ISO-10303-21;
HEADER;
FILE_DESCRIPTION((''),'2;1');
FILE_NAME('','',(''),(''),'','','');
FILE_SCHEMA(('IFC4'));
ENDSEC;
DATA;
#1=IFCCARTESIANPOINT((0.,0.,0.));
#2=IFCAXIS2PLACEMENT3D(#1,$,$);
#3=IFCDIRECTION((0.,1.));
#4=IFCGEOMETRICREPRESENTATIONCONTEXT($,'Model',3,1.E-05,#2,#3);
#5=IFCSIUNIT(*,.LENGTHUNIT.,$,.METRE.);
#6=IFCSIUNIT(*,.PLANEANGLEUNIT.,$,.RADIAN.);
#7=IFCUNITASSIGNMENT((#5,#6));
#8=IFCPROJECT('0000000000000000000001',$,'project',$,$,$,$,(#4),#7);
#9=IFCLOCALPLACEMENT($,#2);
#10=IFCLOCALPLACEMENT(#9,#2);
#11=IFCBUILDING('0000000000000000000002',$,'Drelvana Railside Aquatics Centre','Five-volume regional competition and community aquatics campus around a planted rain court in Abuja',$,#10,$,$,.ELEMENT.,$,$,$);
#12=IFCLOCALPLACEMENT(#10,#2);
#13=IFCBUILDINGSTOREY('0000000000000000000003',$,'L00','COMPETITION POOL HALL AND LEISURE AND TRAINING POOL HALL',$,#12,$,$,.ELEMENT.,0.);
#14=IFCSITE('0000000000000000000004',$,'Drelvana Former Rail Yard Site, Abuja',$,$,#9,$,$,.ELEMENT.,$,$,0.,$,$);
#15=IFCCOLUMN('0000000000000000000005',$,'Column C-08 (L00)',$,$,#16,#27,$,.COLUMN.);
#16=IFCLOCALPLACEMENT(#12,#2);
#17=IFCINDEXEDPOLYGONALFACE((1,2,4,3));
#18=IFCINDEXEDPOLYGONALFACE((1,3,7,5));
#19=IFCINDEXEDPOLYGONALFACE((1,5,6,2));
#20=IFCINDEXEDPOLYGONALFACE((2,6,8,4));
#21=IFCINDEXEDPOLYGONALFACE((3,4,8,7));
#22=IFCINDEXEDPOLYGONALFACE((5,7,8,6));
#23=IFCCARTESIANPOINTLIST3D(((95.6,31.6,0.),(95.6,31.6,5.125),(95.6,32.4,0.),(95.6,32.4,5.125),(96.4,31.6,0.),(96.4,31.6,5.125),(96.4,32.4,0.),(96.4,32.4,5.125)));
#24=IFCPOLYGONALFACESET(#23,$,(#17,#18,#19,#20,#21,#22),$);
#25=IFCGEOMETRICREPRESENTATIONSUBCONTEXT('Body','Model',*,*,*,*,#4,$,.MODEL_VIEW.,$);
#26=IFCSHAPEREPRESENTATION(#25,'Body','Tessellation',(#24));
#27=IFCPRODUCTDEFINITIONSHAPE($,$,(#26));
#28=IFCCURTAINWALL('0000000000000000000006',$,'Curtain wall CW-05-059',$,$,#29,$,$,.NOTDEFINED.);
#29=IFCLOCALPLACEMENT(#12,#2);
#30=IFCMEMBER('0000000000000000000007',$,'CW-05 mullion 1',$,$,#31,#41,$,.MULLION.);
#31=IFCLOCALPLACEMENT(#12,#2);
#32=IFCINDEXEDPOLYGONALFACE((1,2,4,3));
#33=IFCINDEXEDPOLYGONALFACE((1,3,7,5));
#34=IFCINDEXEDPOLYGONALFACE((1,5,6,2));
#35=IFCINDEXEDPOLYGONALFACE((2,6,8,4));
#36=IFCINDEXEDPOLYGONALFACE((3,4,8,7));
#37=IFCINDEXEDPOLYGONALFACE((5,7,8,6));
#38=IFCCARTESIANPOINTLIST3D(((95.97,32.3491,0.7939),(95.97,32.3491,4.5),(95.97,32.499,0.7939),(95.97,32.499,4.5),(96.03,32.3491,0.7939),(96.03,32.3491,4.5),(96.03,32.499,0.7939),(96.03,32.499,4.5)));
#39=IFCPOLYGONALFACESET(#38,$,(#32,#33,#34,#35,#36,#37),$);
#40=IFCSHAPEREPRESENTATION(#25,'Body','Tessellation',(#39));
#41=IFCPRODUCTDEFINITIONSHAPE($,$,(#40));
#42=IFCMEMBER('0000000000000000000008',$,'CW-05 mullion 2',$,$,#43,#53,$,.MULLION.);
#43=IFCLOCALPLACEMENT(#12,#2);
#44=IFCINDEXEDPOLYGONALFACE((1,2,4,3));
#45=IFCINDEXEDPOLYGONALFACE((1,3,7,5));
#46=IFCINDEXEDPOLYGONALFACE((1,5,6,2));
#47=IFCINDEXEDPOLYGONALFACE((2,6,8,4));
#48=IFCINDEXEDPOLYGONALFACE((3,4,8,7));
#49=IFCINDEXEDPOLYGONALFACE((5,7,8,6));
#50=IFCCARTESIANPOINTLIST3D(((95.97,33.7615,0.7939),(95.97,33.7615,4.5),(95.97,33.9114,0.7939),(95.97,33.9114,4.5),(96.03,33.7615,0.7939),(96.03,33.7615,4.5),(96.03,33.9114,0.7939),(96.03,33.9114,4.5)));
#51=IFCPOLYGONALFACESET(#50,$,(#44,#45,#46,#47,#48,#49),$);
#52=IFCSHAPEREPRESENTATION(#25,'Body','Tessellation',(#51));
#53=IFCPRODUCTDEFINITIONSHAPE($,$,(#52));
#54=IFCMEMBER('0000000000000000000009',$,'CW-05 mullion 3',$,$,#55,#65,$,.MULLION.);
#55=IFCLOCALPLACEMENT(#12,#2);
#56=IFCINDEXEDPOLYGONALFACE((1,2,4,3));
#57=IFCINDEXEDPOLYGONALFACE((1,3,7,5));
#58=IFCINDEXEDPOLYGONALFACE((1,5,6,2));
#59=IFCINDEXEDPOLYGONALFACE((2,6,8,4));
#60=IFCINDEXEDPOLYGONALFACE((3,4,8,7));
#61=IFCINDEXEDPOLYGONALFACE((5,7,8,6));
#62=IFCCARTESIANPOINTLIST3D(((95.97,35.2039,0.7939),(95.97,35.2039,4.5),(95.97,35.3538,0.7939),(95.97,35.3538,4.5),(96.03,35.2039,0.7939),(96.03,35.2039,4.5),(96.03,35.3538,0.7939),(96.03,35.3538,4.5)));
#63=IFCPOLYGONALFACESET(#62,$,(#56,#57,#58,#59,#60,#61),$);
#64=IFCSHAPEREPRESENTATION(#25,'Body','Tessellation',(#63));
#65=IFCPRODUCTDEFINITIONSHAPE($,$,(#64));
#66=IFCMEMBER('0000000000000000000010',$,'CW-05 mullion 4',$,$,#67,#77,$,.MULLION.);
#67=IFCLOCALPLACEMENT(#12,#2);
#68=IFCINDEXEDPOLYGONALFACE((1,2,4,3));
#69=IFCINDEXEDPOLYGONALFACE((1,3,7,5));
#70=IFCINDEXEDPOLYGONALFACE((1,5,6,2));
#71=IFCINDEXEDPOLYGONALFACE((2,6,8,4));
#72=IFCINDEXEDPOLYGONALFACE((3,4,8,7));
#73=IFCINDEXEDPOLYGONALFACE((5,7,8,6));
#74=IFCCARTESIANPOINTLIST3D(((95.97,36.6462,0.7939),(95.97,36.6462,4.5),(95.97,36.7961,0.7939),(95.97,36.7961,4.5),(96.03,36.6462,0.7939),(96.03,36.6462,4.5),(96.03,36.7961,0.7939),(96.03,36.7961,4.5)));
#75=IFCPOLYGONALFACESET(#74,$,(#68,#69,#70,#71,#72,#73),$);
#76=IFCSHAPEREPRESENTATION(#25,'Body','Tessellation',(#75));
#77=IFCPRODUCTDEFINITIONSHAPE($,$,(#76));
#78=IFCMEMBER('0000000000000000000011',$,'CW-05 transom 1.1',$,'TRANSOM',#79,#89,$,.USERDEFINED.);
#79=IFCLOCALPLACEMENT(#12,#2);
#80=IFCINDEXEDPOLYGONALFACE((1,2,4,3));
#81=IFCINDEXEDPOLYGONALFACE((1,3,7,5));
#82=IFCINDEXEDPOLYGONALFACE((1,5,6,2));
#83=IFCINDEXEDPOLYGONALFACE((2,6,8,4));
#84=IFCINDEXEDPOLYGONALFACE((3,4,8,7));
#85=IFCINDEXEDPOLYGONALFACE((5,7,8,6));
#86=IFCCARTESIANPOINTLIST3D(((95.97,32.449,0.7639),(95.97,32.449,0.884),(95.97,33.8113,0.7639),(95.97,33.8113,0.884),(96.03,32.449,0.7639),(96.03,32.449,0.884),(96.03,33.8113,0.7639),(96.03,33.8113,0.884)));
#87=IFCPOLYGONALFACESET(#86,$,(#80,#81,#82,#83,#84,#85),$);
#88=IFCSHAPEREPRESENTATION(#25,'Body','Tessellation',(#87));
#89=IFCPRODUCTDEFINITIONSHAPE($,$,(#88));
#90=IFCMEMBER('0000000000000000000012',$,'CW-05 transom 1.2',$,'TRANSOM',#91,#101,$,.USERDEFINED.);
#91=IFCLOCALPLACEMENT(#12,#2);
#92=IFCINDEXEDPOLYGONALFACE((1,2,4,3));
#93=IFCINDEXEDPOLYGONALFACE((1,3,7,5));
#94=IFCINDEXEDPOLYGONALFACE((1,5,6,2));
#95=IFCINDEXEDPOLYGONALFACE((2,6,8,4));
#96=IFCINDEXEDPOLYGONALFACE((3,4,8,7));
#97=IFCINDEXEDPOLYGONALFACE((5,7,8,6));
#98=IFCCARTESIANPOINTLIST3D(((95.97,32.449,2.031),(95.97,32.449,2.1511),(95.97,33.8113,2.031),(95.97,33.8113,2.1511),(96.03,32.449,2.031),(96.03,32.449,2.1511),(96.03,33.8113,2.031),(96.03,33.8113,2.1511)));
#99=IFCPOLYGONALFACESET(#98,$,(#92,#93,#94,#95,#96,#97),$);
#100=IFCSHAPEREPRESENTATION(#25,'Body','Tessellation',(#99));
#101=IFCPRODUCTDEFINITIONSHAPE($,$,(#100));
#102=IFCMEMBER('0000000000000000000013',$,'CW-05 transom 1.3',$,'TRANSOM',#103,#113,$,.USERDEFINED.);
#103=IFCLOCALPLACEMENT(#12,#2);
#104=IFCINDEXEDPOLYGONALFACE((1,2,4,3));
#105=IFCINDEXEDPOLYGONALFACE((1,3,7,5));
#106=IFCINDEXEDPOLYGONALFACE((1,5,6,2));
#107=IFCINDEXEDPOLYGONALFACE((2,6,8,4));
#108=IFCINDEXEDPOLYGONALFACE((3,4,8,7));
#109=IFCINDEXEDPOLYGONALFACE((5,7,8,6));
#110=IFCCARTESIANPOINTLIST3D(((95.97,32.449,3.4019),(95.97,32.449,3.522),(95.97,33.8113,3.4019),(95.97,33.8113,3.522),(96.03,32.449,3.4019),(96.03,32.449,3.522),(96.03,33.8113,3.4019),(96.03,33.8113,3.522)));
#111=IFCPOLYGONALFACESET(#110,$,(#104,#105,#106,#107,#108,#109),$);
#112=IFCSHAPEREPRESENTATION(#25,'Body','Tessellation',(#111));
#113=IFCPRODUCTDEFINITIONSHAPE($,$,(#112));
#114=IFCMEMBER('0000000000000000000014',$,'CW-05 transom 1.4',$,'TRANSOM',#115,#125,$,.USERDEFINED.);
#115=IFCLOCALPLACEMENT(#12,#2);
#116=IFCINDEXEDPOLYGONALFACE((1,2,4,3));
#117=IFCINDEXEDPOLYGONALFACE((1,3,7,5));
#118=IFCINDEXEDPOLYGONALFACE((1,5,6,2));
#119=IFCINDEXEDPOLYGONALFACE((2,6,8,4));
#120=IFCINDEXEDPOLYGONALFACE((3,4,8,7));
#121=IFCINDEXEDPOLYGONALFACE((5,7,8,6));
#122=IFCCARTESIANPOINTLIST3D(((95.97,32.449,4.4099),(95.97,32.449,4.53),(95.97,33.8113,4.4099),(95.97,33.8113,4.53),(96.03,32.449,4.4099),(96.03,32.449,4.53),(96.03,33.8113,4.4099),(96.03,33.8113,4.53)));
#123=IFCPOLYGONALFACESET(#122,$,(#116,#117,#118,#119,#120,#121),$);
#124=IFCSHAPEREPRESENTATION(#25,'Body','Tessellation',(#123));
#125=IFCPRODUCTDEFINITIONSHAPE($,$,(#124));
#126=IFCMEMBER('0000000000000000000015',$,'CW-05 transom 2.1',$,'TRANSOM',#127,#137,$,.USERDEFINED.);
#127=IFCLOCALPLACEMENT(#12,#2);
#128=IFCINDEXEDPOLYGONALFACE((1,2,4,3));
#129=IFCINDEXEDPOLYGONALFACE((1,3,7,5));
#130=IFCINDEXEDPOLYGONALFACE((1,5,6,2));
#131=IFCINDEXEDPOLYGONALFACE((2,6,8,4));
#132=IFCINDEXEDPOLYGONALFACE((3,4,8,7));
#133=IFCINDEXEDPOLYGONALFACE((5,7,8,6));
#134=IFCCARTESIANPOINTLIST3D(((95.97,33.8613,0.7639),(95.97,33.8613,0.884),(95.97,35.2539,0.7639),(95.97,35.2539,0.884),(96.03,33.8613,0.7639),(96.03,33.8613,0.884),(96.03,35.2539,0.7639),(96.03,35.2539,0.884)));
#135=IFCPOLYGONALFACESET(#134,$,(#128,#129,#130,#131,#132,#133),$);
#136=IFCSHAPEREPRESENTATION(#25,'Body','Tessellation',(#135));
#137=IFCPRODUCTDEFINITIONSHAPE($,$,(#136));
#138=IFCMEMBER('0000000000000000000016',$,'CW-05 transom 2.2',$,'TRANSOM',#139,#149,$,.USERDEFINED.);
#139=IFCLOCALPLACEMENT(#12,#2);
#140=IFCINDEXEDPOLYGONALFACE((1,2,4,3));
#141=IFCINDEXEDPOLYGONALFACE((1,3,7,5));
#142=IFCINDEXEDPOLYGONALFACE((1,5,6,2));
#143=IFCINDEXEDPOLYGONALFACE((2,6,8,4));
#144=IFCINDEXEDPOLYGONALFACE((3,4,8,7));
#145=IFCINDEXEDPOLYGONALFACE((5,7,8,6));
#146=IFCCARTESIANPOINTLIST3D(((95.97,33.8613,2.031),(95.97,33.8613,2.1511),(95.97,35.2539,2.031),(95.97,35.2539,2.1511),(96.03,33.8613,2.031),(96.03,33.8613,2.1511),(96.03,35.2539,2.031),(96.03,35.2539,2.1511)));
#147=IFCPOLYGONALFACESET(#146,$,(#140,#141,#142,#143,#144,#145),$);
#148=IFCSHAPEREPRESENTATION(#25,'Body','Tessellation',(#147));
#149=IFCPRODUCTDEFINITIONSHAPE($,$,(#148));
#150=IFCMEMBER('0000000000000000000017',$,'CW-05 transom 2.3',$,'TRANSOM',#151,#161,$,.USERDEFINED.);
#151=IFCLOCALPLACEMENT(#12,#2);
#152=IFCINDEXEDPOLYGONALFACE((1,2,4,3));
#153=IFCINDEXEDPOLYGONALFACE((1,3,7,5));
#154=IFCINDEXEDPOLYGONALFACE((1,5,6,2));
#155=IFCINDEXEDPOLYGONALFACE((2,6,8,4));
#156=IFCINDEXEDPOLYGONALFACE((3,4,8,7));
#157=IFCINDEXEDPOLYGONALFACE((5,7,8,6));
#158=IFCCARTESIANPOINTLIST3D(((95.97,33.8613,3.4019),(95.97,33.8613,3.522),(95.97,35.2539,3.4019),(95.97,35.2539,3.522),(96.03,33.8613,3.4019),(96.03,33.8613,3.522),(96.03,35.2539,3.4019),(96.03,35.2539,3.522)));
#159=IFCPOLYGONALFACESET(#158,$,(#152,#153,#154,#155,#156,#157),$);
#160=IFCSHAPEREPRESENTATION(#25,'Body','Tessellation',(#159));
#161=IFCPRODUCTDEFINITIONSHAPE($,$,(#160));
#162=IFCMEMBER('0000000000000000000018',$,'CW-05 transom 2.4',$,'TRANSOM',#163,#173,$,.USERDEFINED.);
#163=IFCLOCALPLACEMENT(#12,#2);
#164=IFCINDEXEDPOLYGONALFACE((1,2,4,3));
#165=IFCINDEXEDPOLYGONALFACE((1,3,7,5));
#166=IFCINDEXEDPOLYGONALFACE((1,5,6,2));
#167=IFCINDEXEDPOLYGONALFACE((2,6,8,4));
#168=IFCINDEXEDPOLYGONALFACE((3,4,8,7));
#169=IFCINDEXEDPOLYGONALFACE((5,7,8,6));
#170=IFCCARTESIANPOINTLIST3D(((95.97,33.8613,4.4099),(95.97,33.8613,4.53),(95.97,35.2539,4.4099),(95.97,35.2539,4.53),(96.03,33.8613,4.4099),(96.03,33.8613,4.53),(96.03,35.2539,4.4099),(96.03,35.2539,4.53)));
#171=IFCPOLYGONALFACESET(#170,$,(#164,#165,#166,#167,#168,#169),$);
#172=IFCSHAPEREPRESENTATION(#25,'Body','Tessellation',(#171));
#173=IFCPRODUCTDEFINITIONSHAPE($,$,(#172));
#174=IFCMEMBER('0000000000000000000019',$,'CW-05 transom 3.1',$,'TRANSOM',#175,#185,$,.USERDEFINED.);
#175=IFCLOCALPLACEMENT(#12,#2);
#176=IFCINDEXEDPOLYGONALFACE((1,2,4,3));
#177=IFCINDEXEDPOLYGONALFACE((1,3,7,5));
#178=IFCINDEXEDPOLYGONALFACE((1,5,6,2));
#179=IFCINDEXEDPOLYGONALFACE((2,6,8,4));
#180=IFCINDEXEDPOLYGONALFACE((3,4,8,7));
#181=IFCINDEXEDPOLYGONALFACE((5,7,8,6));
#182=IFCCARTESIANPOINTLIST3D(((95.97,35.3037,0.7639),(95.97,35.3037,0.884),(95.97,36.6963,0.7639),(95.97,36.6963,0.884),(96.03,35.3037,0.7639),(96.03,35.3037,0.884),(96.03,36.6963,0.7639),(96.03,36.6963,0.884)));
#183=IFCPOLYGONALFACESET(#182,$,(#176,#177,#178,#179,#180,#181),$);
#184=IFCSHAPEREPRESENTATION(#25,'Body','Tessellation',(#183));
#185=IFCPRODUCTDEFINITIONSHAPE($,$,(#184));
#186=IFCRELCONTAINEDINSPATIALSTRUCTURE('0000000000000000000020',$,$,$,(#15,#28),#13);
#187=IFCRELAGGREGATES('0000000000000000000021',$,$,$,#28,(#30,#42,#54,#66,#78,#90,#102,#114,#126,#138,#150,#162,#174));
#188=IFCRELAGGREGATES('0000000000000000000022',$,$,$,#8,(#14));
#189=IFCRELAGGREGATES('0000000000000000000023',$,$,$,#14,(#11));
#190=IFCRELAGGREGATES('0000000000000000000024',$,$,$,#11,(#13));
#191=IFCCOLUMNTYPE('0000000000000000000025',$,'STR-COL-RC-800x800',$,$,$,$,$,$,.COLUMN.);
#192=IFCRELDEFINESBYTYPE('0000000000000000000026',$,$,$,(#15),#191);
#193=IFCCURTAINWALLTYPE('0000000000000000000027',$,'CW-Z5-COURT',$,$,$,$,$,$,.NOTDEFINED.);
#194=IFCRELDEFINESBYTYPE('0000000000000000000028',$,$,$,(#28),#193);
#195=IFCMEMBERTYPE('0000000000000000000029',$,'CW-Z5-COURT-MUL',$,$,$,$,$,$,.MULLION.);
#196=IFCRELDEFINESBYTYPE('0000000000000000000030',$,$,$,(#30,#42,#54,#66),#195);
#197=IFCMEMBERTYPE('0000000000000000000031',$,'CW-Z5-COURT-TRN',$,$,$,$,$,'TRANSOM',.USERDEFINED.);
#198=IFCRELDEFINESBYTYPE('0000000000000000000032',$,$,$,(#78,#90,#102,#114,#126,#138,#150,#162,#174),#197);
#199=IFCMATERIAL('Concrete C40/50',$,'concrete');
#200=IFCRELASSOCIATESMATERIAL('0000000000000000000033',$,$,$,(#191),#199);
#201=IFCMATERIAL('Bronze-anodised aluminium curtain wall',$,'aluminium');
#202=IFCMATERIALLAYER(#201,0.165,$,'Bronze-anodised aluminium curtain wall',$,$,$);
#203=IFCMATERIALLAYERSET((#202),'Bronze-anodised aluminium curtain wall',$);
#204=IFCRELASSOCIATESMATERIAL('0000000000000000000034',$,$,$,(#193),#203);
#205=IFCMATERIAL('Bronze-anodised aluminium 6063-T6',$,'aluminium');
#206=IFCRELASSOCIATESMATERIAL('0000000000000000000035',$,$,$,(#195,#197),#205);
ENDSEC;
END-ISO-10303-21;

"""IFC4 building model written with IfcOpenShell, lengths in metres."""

from ifc_helpers import new_model, si_unit, direction, frame, origin, origin_2d, place, context, subcontext, project, spatial, rectangle, extrude, material, layer, layer_set, material_profile, profile_set, type_object, element, aggregate, save


model = new_model("IFC4")

# Units and contexts
model_context = context("Model", 3, precision=1e-05, world=origin(), true_north=direction((0.0, 1.0)))
body_context = subcontext(model_context, "Body", "Model", "MODEL_VIEW")
ifc_project = project(units=[si_unit("LENGTHUNIT", "METRE"), si_unit("PLANEANGLEUNIT", "RADIAN")], contexts=[model_context])

# Site, building, storey
site_placement = place(None, origin())
site = spatial("IfcSite", under=ifc_project, at=site_placement, Name="Drelvana Former Rail Yard Site, Abuja", CompositionType="ELEMENT", RefElevation=0.0)
building_placement = place(site_placement, origin())
building = spatial("IfcBuilding", under=site, at=building_placement, Name="Drelvana Railside Aquatics Centre", Description="Five-volume regional competition and community aquatics campus around a planted rain court in Abuja", CompositionType="ELEMENT")
storey_placement = place(building_placement, origin())
storey = spatial("IfcBuildingStorey", under=building, at=storey_placement, Name="L00", Description="COMPETITION POOL HALL AND LEISURE AND TRAINING POOL HALL", CompositionType="ELEMENT", Elevation=0.0)

# Column
ifc_material_1 = material(Name="Concrete C40/50", Category="concrete")
ifc_material_profile_1 = material_profile(ifc_material_1, rectangle(XDim=0.8, YDim=0.8, at=origin_2d()), Name="RC 800x800")
ifc_profile_set_1 = profile_set([ifc_material_profile_1], Name="Concrete C40/50")
column_type = type_object("IfcColumnType", Name="STR-COL-RC-800x800", PredefinedType="COLUMN", material=ifc_profile_set_1)
column_placement = place(storey_placement, frame((96.0, 32.0, 0.0), z_axis=(0.0, 0.0, 1.0), x_axis=(1.0, 0.0, 0.0)))
element("IfcColumn", 1, at=column_placement, inside=storey, type_object=column_type, Name="Column C-08 (L00)", PredefinedType="COLUMN", context=body_context, shape_type="SweptSolid", body=[
    extrude(rectangle(XDim=0.8, YDim=0.8, at=origin_2d()), origin(), (0.0, 0.0, 1.0), 5.125),
])

# Curtain wall, members
ifc_material_2 = material(Name="Bronze-anodised aluminium curtain wall", Category="aluminium")
ifc_layer_1 = layer(ifc_material_2, 0.165, Name="Bronze-anodised aluminium curtain wall")
ifc_layer_set_1 = layer_set([ifc_layer_1], Name="Bronze-anodised aluminium curtain wall")
curtain_wall_type = type_object("IfcCurtainWallType", Name="CW-Z5-COURT", PredefinedType="NOTDEFINED", material=ifc_layer_set_1)
curtain_wall_placement = place(storey_placement, origin())
curtain_wall = element("IfcCurtainWall", 2, at=curtain_wall_placement, inside=storey, type_object=curtain_wall_type, Name="Curtain wall CW-05-059", PredefinedType="NOTDEFINED")
ifc_material_3 = material(Name="Bronze-anodised aluminium 6063-T6", Category="aluminium")
ifc_material_profile_2 = material_profile(ifc_material_3, rectangle(XDim=0.0601, YDim=0.1499, at=origin_2d()), Name="ALU-M 60x150")
ifc_profile_set_2 = profile_set([ifc_material_profile_2], Name="Bronze-anodised aluminium 6063-T6")
member_type_1 = type_object("IfcMemberType", Name="CW-Z5-COURT-MUL", PredefinedType="MULLION", material=ifc_profile_set_2)
member_1_placement = place(storey_placement, frame((96.0, 32.4241, 0.7939), z_axis=(0.0, 0.0, 1.0), x_axis=(-1.0, 0.0, 0.0)))
member_1 = element("IfcMember", 3, at=member_1_placement, type_object=member_type_1, Name="CW-05 mullion 1", PredefinedType="MULLION", context=body_context, shape_type="SweptSolid", body=[
    extrude(rectangle(XDim=0.0601, YDim=0.1499, at=origin_2d()), origin(), (0.0, 0.0, 1.0), 3.7061),
])
member_2_placement = place(storey_placement, frame((96.0, 33.8364, 0.7939), z_axis=(0.0, 0.0, 1.0), x_axis=(-1.0, 0.0, 0.0)))
member_2 = element("IfcMember", 4, at=member_2_placement, type_object=member_type_1, Name="CW-05 mullion 2", PredefinedType="MULLION", context=body_context, shape_type="SweptSolid", body=[
    extrude(rectangle(XDim=0.0601, YDim=0.1499, at=origin_2d()), origin(), (0.0, 0.0, 1.0), 3.7061),
])
member_3_placement = place(storey_placement, frame((96.0, 35.2788, 0.7939), z_axis=(0.0, 0.0, 1.0), x_axis=(-1.0, 0.0, 0.0)))
member_3 = element("IfcMember", 5, at=member_3_placement, type_object=member_type_1, Name="CW-05 mullion 3", PredefinedType="MULLION", context=body_context, shape_type="SweptSolid", body=[
    extrude(rectangle(XDim=0.0601, YDim=0.1499, at=origin_2d()), origin(), (0.0, 0.0, 1.0), 3.7061),
])
member_4_placement = place(storey_placement, frame((96.0, 36.7212, 0.7939), z_axis=(0.0, 0.0, 1.0), x_axis=(-1.0, 0.0, 0.0)))
member_4 = element("IfcMember", 6, at=member_4_placement, type_object=member_type_1, Name="CW-05 mullion 4", PredefinedType="MULLION", context=body_context, shape_type="SweptSolid", body=[
    extrude(rectangle(XDim=0.0601, YDim=0.1499, at=origin_2d()), origin(), (0.0, 0.0, 1.0), 3.7061),
])
ifc_material_profile_3 = material_profile(ifc_material_3, rectangle(XDim=0.1201, YDim=0.0601, at=origin_2d()), Name="ALU-T 60x120")
ifc_profile_set_3 = profile_set([ifc_material_profile_3], Name="Bronze-anodised aluminium 6063-T6")
member_type_2 = type_object("IfcMemberType", Name="CW-Z5-COURT-TRN", ElementType="TRANSOM", PredefinedType="USERDEFINED", material=ifc_profile_set_3)
member_5_placement = place(storey_placement, frame((96.0, 32.449, 0.824), z_axis=(0.0, 1.0, 0.0), x_axis=(0.0, 0.0, 1.0)))
member_5 = element("IfcMember", 7, at=member_5_placement, type_object=member_type_2, Name="CW-05 transom 1.1", ObjectType="TRANSOM", PredefinedType="USERDEFINED", context=body_context, shape_type="SweptSolid", body=[
    extrude(rectangle(XDim=0.1201, YDim=0.0601, at=origin_2d()), origin(), (0.0, 0.0, 1.0), 1.3623),
])
member_6_placement = place(storey_placement, frame((96.0, 32.449, 2.0911), z_axis=(0.0, 1.0, 0.0), x_axis=(0.0, 0.0, 1.0)))
member_6 = element("IfcMember", 8, at=member_6_placement, type_object=member_type_2, Name="CW-05 transom 1.2", ObjectType="TRANSOM", PredefinedType="USERDEFINED", context=body_context, shape_type="SweptSolid", body=[
    extrude(rectangle(XDim=0.1201, YDim=0.0601, at=origin_2d()), origin(), (0.0, 0.0, 1.0), 1.3623),
])
member_7_placement = place(storey_placement, frame((96.0, 32.449, 3.4619), z_axis=(0.0, 1.0, 0.0), x_axis=(0.0, 0.0, 1.0)))
member_7 = element("IfcMember", 9, at=member_7_placement, type_object=member_type_2, Name="CW-05 transom 1.3", ObjectType="TRANSOM", PredefinedType="USERDEFINED", context=body_context, shape_type="SweptSolid", body=[
    extrude(rectangle(XDim=0.1201, YDim=0.0601, at=origin_2d()), origin(), (0.0, 0.0, 1.0), 1.3623),
])
member_8_placement = place(storey_placement, frame((96.0, 32.449, 4.47), z_axis=(0.0, 1.0, 0.0), x_axis=(0.0, 0.0, 1.0)))
member_8 = element("IfcMember", 10, at=member_8_placement, type_object=member_type_2, Name="CW-05 transom 1.4", ObjectType="TRANSOM", PredefinedType="USERDEFINED", context=body_context, shape_type="SweptSolid", body=[
    extrude(rectangle(XDim=0.1201, YDim=0.0601, at=origin_2d()), origin(), (0.0, 0.0, 1.0), 1.3623),
])
member_9_placement = place(storey_placement, frame((96.0, 33.8613, 0.824), z_axis=(0.0, 1.0, 0.0), x_axis=(0.0, 0.0, 1.0)))
member_9 = element("IfcMember", 11, at=member_9_placement, type_object=member_type_2, Name="CW-05 transom 2.1", ObjectType="TRANSOM", PredefinedType="USERDEFINED", context=body_context, shape_type="SweptSolid", body=[
    extrude(rectangle(XDim=0.1201, YDim=0.0601, at=origin_2d()), origin(), (0.0, 0.0, 1.0), 1.3926),
])
member_10_placement = place(storey_placement, frame((96.0, 33.8613, 2.0911), z_axis=(0.0, 1.0, 0.0), x_axis=(0.0, 0.0, 1.0)))
member_10 = element("IfcMember", 12, at=member_10_placement, type_object=member_type_2, Name="CW-05 transom 2.2", ObjectType="TRANSOM", PredefinedType="USERDEFINED", context=body_context, shape_type="SweptSolid", body=[
    extrude(rectangle(XDim=0.1201, YDim=0.0601, at=origin_2d()), origin(), (0.0, 0.0, 1.0), 1.3926),
])
member_11_placement = place(storey_placement, frame((96.0, 33.8613, 3.4619), z_axis=(0.0, 1.0, 0.0), x_axis=(0.0, 0.0, 1.0)))
member_11 = element("IfcMember", 13, at=member_11_placement, type_object=member_type_2, Name="CW-05 transom 2.3", ObjectType="TRANSOM", PredefinedType="USERDEFINED", context=body_context, shape_type="SweptSolid", body=[
    extrude(rectangle(XDim=0.1201, YDim=0.0601, at=origin_2d()), origin(), (0.0, 0.0, 1.0), 1.3926),
])
member_12_placement = place(storey_placement, frame((96.0, 33.8613, 4.47), z_axis=(0.0, 1.0, 0.0), x_axis=(0.0, 0.0, 1.0)))
member_12 = element("IfcMember", 14, at=member_12_placement, type_object=member_type_2, Name="CW-05 transom 2.4", ObjectType="TRANSOM", PredefinedType="USERDEFINED", context=body_context, shape_type="SweptSolid", body=[
    extrude(rectangle(XDim=0.1201, YDim=0.0601, at=origin_2d()), origin(), (0.0, 0.0, 1.0), 1.3926),
])
member_13_placement = place(storey_placement, frame((96.0, 35.3037, 0.824), z_axis=(0.0, 1.0, 0.0), x_axis=(0.0, 0.0, 1.0)))
member_13 = element("IfcMember", 15, at=member_13_placement, type_object=member_type_2, Name="CW-05 transom 3.1", ObjectType="TRANSOM", PredefinedType="USERDEFINED", context=body_context, shape_type="SweptSolid", body=[
    extrude(rectangle(XDim=0.1201, YDim=0.0601, at=origin_2d()), origin(), (0.0, 0.0, 1.0), 1.3926),
])

aggregate(curtain_wall, [member_1, member_2, member_3, member_4, member_5, member_6, member_7, member_8, member_9, member_10, member_11, member_12, member_13])

save(model, "model.ifc")
